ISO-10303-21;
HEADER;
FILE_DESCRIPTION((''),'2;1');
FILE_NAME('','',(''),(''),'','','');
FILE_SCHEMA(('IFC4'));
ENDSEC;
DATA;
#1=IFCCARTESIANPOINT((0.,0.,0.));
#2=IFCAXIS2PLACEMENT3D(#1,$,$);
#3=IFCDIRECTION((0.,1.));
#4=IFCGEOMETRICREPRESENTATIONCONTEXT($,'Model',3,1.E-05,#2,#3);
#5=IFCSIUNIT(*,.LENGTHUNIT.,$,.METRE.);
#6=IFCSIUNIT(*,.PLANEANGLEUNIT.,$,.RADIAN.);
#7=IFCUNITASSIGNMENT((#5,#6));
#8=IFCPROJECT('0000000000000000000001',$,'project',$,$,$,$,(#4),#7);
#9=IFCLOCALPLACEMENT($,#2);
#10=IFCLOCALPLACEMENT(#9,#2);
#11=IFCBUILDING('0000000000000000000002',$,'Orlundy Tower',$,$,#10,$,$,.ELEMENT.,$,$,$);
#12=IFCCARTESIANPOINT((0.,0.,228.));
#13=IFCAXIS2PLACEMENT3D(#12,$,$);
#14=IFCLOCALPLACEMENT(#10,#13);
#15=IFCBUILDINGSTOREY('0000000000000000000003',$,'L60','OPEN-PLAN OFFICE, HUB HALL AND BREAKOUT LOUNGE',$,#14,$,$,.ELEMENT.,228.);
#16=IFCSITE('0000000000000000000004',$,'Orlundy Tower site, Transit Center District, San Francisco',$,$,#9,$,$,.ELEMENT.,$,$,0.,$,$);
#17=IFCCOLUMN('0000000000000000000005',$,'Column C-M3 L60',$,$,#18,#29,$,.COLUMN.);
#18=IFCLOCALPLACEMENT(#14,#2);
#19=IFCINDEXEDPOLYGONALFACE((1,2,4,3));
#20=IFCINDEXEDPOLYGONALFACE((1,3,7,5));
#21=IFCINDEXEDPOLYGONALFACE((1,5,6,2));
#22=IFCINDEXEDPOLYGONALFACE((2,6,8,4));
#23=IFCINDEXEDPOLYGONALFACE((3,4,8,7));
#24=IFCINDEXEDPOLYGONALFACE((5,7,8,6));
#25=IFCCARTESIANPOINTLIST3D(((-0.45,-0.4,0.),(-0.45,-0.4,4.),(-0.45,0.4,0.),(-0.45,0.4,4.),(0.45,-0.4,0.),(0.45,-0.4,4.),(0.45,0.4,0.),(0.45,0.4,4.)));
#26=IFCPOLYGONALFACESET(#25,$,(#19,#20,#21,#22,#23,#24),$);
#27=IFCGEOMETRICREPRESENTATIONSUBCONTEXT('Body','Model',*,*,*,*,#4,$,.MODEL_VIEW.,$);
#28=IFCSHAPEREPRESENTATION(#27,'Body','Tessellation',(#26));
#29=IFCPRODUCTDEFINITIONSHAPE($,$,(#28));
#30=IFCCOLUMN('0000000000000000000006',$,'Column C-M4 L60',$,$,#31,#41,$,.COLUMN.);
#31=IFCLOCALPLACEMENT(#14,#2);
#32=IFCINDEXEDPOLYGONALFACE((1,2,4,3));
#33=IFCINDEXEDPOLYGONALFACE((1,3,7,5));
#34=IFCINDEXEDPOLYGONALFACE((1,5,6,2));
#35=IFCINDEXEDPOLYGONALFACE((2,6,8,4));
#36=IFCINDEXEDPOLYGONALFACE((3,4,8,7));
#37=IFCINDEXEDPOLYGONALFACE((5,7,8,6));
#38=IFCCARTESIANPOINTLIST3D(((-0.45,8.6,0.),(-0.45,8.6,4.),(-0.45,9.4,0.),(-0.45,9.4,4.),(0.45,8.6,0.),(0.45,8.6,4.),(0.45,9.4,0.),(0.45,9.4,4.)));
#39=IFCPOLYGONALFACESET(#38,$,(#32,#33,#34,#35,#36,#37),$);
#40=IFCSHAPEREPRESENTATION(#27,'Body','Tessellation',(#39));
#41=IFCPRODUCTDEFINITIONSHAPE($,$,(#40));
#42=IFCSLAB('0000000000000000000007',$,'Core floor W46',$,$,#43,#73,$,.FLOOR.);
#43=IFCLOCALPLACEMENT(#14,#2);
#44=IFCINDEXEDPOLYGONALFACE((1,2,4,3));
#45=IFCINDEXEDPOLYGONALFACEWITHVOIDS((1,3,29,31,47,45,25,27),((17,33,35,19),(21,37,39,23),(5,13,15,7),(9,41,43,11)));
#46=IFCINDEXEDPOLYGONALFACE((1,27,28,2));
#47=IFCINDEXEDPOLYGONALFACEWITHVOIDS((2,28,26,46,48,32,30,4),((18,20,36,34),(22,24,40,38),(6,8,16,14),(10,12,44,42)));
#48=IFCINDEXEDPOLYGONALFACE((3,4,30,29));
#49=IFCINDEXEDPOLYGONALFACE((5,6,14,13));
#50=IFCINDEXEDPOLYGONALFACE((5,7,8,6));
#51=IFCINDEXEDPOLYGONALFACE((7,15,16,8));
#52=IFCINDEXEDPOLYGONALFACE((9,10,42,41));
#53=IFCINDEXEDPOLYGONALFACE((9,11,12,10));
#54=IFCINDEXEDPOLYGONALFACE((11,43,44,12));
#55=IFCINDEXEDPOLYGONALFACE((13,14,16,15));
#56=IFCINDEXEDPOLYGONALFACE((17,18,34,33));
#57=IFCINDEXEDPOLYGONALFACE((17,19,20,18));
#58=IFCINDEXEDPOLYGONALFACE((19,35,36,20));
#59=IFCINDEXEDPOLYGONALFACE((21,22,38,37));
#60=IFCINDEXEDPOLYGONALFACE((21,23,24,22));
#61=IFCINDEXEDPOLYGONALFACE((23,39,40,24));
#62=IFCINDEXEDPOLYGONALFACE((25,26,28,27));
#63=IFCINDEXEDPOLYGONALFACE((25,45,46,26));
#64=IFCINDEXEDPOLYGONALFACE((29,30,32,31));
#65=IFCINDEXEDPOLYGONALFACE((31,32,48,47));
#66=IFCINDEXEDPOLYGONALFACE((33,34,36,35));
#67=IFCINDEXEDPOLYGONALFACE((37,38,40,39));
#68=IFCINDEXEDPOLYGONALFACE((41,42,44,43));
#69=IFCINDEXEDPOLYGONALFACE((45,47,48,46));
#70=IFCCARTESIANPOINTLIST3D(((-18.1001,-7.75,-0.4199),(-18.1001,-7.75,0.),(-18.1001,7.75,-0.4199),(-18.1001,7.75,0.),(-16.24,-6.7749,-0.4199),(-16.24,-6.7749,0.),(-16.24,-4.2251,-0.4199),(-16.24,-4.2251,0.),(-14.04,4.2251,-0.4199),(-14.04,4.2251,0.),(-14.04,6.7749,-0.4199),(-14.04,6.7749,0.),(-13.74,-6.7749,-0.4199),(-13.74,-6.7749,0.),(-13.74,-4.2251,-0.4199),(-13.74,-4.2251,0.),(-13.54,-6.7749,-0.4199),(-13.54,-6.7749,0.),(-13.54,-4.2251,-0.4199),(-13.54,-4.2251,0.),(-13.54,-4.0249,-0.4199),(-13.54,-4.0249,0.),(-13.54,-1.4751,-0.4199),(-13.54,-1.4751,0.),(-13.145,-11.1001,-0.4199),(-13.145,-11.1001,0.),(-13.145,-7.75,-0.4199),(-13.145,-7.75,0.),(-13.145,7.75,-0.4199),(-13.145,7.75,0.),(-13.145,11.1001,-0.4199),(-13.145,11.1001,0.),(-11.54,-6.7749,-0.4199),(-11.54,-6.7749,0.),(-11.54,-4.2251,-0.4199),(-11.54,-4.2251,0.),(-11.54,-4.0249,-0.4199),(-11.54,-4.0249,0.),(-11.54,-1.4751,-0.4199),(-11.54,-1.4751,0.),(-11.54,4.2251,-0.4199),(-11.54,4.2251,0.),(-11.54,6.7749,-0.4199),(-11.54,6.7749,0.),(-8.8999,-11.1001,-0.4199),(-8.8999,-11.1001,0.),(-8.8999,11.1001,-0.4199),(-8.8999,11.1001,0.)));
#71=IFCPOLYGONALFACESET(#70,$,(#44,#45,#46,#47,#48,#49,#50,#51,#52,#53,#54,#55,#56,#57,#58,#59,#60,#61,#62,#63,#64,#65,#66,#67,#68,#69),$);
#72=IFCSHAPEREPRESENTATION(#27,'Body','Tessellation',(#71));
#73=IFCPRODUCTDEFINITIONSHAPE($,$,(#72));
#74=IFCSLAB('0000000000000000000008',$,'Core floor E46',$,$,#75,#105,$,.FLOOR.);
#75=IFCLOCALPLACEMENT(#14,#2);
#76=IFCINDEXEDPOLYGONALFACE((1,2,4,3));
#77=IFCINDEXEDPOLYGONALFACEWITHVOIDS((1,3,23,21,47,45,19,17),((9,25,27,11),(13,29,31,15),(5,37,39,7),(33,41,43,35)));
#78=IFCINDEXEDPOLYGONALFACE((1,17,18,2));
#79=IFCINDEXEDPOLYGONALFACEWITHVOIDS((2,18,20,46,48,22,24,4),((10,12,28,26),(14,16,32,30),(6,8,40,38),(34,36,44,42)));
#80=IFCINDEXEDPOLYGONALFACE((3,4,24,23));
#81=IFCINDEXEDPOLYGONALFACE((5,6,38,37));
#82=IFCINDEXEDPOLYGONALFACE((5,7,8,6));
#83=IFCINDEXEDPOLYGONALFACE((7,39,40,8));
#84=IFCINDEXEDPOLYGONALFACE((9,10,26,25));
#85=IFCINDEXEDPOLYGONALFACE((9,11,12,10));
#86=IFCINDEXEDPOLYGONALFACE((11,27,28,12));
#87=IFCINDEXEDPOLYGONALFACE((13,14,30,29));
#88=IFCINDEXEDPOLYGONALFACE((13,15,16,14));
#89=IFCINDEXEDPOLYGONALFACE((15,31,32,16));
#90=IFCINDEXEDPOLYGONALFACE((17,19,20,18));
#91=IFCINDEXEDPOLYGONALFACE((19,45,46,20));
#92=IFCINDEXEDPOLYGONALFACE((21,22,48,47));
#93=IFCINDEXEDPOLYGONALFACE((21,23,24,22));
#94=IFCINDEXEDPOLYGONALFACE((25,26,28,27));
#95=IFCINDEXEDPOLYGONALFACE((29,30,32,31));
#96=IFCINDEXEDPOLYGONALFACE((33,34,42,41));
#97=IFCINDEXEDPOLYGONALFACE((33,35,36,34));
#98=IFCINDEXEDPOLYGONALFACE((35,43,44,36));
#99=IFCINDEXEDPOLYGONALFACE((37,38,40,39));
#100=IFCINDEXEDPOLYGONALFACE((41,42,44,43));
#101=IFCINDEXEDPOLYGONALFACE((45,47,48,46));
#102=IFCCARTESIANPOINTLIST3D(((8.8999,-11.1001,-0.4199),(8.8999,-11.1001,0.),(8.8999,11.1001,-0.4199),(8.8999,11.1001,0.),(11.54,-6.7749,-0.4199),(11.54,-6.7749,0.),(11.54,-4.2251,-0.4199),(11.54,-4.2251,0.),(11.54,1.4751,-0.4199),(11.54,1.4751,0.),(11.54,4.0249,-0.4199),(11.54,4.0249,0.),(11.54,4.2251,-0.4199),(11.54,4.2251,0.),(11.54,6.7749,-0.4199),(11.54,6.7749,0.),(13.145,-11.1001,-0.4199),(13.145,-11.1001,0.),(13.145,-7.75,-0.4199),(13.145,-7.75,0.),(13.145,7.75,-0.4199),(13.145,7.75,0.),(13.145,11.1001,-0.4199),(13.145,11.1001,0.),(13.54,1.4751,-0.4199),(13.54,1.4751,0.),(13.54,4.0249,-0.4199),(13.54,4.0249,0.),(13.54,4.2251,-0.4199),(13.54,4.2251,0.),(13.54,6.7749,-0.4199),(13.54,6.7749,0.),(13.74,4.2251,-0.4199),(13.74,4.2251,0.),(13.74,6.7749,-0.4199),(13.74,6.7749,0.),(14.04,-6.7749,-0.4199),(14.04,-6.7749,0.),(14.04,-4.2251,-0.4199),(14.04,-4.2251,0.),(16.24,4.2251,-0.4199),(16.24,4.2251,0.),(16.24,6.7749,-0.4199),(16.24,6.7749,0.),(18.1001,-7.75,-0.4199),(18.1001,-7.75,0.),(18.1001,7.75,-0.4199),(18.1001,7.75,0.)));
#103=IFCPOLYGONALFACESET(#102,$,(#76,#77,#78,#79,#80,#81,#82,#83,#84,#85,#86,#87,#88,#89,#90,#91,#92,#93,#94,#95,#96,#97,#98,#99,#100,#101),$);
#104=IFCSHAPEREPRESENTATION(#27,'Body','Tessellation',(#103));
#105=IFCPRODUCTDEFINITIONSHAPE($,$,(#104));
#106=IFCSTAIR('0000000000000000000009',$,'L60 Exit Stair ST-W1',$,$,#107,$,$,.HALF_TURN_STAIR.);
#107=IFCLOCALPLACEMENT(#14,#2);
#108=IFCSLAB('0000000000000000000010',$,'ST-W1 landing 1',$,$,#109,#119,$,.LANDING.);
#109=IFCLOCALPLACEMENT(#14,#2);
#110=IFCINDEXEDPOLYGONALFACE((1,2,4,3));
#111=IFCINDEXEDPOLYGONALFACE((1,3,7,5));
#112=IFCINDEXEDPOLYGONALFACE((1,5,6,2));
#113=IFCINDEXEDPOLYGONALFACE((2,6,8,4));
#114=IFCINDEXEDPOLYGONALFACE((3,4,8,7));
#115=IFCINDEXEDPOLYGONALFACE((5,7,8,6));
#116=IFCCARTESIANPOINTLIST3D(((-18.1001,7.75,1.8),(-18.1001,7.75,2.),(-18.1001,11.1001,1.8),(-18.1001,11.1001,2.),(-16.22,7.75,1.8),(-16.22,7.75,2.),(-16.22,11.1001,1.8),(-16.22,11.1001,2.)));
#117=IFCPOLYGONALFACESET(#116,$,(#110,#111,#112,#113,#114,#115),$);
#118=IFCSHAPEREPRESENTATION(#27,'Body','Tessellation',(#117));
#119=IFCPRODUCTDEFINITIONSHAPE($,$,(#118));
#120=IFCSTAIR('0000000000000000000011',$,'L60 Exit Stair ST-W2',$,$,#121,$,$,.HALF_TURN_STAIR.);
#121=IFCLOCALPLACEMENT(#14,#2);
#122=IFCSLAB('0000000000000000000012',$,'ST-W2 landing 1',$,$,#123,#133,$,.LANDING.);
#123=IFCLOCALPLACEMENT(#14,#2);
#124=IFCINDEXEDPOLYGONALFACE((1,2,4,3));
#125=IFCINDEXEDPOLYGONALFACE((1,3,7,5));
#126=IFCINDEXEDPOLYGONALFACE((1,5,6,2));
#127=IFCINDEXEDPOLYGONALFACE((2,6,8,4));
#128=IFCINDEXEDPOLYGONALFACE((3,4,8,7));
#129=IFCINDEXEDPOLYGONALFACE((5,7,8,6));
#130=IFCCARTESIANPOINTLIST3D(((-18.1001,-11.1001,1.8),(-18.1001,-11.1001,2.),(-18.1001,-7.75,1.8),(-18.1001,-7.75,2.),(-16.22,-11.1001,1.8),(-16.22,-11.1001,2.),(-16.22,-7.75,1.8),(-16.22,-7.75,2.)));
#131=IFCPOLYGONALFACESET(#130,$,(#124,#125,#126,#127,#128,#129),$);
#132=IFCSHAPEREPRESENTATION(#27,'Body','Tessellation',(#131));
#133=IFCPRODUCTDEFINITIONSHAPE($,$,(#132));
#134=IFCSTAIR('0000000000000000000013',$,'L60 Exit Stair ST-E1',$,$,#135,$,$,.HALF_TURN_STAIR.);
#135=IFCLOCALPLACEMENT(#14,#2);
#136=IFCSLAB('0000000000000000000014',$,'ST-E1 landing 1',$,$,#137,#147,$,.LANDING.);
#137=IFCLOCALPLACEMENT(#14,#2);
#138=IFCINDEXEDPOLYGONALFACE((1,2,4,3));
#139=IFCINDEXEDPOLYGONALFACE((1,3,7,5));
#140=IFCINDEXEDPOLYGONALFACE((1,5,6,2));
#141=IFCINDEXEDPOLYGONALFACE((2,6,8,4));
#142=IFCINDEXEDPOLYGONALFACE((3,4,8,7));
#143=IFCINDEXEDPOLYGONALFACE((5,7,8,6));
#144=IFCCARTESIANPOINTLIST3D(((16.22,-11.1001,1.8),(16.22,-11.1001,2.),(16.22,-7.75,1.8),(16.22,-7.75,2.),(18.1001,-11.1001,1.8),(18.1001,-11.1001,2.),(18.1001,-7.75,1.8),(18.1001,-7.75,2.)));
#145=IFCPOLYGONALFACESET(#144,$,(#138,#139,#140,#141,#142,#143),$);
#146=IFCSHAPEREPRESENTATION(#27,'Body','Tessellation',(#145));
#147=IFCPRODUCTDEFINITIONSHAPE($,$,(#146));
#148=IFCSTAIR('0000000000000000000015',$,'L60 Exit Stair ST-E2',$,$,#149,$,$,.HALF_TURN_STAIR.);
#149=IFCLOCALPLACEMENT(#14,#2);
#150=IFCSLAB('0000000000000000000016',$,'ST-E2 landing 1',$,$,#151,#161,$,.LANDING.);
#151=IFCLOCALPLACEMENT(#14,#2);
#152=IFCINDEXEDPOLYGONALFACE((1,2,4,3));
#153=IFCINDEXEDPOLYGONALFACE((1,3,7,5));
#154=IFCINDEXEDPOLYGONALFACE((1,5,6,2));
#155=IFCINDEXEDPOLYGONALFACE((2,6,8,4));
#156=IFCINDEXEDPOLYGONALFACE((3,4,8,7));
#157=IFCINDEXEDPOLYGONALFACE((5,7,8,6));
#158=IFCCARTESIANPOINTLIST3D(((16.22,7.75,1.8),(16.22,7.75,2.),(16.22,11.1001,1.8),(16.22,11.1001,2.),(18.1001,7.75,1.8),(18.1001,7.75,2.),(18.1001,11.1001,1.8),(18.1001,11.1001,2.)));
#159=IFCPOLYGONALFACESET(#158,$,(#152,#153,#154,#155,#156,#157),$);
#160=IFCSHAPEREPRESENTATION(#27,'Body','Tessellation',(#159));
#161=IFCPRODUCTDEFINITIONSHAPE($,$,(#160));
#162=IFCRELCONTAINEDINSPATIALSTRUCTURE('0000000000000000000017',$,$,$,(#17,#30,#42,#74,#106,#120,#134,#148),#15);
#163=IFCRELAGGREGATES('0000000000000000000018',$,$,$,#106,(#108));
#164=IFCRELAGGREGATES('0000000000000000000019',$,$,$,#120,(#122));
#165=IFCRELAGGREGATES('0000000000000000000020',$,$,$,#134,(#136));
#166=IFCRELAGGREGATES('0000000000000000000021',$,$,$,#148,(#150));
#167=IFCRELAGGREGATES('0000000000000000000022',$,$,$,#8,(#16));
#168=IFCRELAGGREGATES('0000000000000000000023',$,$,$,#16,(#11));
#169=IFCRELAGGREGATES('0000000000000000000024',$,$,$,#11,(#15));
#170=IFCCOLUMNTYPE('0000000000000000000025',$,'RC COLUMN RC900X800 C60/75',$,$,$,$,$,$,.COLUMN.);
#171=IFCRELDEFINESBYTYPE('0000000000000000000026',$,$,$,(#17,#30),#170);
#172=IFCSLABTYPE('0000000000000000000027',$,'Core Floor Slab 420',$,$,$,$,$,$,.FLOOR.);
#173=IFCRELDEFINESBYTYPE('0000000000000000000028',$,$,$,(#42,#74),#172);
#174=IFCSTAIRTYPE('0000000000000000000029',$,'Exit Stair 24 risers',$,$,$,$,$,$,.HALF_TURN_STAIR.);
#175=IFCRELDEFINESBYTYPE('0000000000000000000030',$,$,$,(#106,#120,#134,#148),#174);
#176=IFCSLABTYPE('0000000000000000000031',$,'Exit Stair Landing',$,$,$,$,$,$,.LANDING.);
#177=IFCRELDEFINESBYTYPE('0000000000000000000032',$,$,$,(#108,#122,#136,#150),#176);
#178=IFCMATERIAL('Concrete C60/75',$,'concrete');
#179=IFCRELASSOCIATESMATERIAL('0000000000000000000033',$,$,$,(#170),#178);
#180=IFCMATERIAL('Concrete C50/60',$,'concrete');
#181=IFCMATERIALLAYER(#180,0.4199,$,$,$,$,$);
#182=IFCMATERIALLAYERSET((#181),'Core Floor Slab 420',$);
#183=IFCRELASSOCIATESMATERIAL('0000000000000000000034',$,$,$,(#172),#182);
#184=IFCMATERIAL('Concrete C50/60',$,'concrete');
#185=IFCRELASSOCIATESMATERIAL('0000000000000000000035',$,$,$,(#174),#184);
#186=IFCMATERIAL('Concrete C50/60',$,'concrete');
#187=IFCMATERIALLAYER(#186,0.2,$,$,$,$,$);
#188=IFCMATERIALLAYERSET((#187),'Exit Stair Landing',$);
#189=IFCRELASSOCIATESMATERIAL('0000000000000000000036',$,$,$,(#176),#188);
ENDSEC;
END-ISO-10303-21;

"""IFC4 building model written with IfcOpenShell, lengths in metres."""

from ifc_helpers import new_model, si_unit, direction, frame, origin, origin_2d, place, context, subcontext, project, spatial, polyline, rectangle, outline, extrude, material, layer, layer_set, material_profile, profile_set, type_object, element, aggregate, save


model = new_model("IFC4")

# Units and contexts
model_context = context("Model", 3, precision=1e-05, world=origin(), true_north=direction((0.0, 1.0)))
body_context = subcontext(model_context, "Body", "Model", "MODEL_VIEW")
ifc_project = project(units=[si_unit("LENGTHUNIT", "METRE"), si_unit("PLANEANGLEUNIT", "RADIAN")], contexts=[model_context])

# Site, building, storey
site_placement = place(None, origin())
site = spatial("IfcSite", under=ifc_project, at=site_placement, Name="Orlundy Tower site, Transit Center District, San Francisco", CompositionType="ELEMENT", RefElevation=0.0)
building_placement = place(site_placement, origin())
building = spatial("IfcBuilding", under=site, at=building_placement, Name="Orlundy Tower", CompositionType="ELEMENT")
storey_placement = place(building_placement, frame((0.0, 0.0, 228.0)))
storey = spatial("IfcBuildingStorey", under=building, at=storey_placement, Name="L60", Description="OPEN-PLAN OFFICE, HUB HALL AND BREAKOUT LOUNGE", CompositionType="ELEMENT", Elevation=228.0)

# Columns
ifc_material_1 = material(Name="Concrete C60/75", Category="concrete")
ifc_material_profile = material_profile(ifc_material_1, rectangle(XDim=0.8999, YDim=0.8, at=origin_2d()), Name="RC900X800")
ifc_profile_set = profile_set([ifc_material_profile], Name="Concrete C60/75")
column_type = type_object("IfcColumnType", Name="RC COLUMN RC900X800 C60/75", PredefinedType="COLUMN", material=ifc_profile_set)
for number, where, z_axis, x_axis, name in (
    (1, (0.0, 0.0, 0.0), (0.0, 0.0, 1.0), (1.0, 0.0, 0.0), "Column C-M3 L60"),
    (2, (0.0, 9.0, 0.0), (0.0, 0.0, 1.0), (1.0, 0.0, 0.0), "Column C-M4 L60"),
):
    element("IfcColumn", number, at=place(storey_placement, frame(where, z_axis=z_axis, x_axis=x_axis)), inside=storey, type_object=column_type, Name=name, PredefinedType="COLUMN", context=body_context, shape_type="SweptSolid", body=[
        extrude(rectangle(XDim=0.8999, YDim=0.8, at=origin_2d()), origin(), (0.0, 0.0, 1.0), 4.0),
    ])

# Slabs
ifc_material_2 = material(Name="Concrete C50/60", Category="concrete")
ifc_layer_1 = layer(ifc_material_2, 0.4199)
ifc_layer_set_1 = layer_set([ifc_layer_1], Name="Core Floor Slab 420")
slab_type_1 = type_object("IfcSlabType", Name="Core Floor Slab 420", PredefinedType="FLOOR", material=ifc_layer_set_1)
slab_1_placement = place(storey_placement, frame((0.0, 0.0, -0.4199)))
element("IfcSlab", 3, at=slab_1_placement, inside=storey, type_object=slab_type_1, Name="Core floor W46", PredefinedType="FLOOR", context=body_context, shape_type="SweptSolid", body=[
    extrude(outline(polyline([(-18.1001, 7.75), (-13.145, 7.75), (-13.145, 11.1001), (-8.8999, 11.1001), (-8.8999, -11.1001), (-13.145, -11.1001), (-13.145, -7.75), (-18.1001, -7.75), (-18.1001, 7.75)]), holes=[polyline([(-13.54, -4.2251), (-13.54, -6.7749), (-11.54, -6.7749), (-11.54, -4.2251), (-13.54, -4.2251)]), polyline([(-13.74, -4.2251), (-16.24, -4.2251), (-16.24, -6.7749), (-13.74, -6.7749), (-13.74, -4.2251)]), polyline([(-11.54, -4.0249), (-11.54, -1.4751), (-13.54, -1.4751), (-13.54, -4.0249), (-11.54, -4.0249)]), polyline([(-14.04, 4.2251), (-11.54, 4.2251), (-11.54, 6.7749), (-14.04, 6.7749), (-14.04, 4.2251)])]), origin(), (0.0, 0.0, 1.0), 0.4199),
])
slab_2_placement = place(storey_placement, frame((0.0, 0.0, -0.4199)))
element("IfcSlab", 4, at=slab_2_placement, inside=storey, type_object=slab_type_1, Name="Core floor E46", PredefinedType="FLOOR", context=body_context, shape_type="SweptSolid", body=[
    extrude(outline(polyline([(18.1001, -7.75), (13.145, -7.75), (13.145, -11.1001), (8.8999, -11.1001), (8.8999, 11.1001), (13.145, 11.1001), (13.145, 7.75), (18.1001, 7.75), (18.1001, -7.75)]), holes=[polyline([(13.54, 4.2251), (13.54, 6.7749), (11.54, 6.7749), (11.54, 4.2251), (13.54, 4.2251)]), polyline([(13.74, 4.2251), (16.24, 4.2251), (16.24, 6.7749), (13.74, 6.7749), (13.74, 4.2251)]), polyline([(11.54, 4.0249), (11.54, 1.4751), (13.54, 1.4751), (13.54, 4.0249), (11.54, 4.0249)]), polyline([(14.04, -4.2251), (11.54, -4.2251), (11.54, -6.7749), (14.04, -6.7749), (14.04, -4.2251)])]), origin(), (0.0, 0.0, 1.0), 0.4199),
])

# Stairs, slabs
ifc_material_3 = material(Name="Concrete C50/60", Category="concrete")
stair_type = type_object("IfcStairType", Name="Exit Stair 24 risers", PredefinedType="HALF_TURN_STAIR", material=ifc_material_3)
stair_1_placement = place(storey_placement, origin())
stair_1 = element("IfcStair", 5, at=stair_1_placement, inside=storey, type_object=stair_type, Name="L60 Exit Stair ST-W1", PredefinedType="HALF_TURN_STAIR")
ifc_material_4 = material(Name="Concrete C50/60", Category="concrete")
ifc_layer_2 = layer(ifc_material_4, 0.2)
ifc_layer_set_2 = layer_set([ifc_layer_2], Name="Exit Stair Landing")
slab_type_2 = type_object("IfcSlabType", Name="Exit Stair Landing", PredefinedType="LANDING", material=ifc_layer_set_2)
slab_3_placement = place(storey_placement, frame((0.0, 0.0, 1.8)))
slab_3 = element("IfcSlab", 6, at=slab_3_placement, type_object=slab_type_2, Name="ST-W1 landing 1", PredefinedType="LANDING", context=body_context, shape_type="SweptSolid", body=[
    extrude(outline(polyline([(-16.22, 11.1001), (-18.1001, 11.1001), (-18.1001, 7.75), (-16.22, 7.75), (-16.22, 11.1001)])), origin(), (0.0, 0.0, 1.0), 0.2),
])
aggregate(stair_1, [slab_3])
stair_2_placement = place(storey_placement, origin())
stair_2 = element("IfcStair", 7, at=stair_2_placement, inside=storey, type_object=stair_type, Name="L60 Exit Stair ST-W2", PredefinedType="HALF_TURN_STAIR")
slab_4_placement = place(storey_placement, frame((0.0, 0.0, 1.8)))
slab_4 = element("IfcSlab", 8, at=slab_4_placement, type_object=slab_type_2, Name="ST-W2 landing 1", PredefinedType="LANDING", context=body_context, shape_type="SweptSolid", body=[
    extrude(outline(polyline([(-16.22, -7.75), (-18.1001, -7.75), (-18.1001, -11.1001), (-16.22, -11.1001), (-16.22, -7.75)])), origin(), (0.0, 0.0, 1.0), 0.2),
])
aggregate(stair_2, [slab_4])
stair_3_placement = place(storey_placement, origin())
stair_3 = element("IfcStair", 9, at=stair_3_placement, inside=storey, type_object=stair_type, Name="L60 Exit Stair ST-E1", PredefinedType="HALF_TURN_STAIR")
slab_5_placement = place(storey_placement, frame((0.0, 0.0, 1.8)))
slab_5 = element("IfcSlab", 10, at=slab_5_placement, type_object=slab_type_2, Name="ST-E1 landing 1", PredefinedType="LANDING", context=body_context, shape_type="SweptSolid", body=[
    extrude(outline(polyline([(16.22, -11.1001), (18.1001, -11.1001), (18.1001, -7.75), (16.22, -7.75), (16.22, -11.1001)])), origin(), (0.0, 0.0, 1.0), 0.2),
])
aggregate(stair_3, [slab_5])
stair_4_placement = place(storey_placement, origin())
stair_4 = element("IfcStair", 11, at=stair_4_placement, inside=storey, type_object=stair_type, Name="L60 Exit Stair ST-E2", PredefinedType="HALF_TURN_STAIR")
slab_6_placement = place(storey_placement, frame((0.0, 0.0, 1.8)))
slab_6 = element("IfcSlab", 12, at=slab_6_placement, type_object=slab_type_2, Name="ST-E2 landing 1", PredefinedType="LANDING", context=body_context, shape_type="SweptSolid", body=[
    extrude(outline(polyline([(16.22, 7.75), (18.1001, 7.75), (18.1001, 11.1001), (16.22, 11.1001), (16.22, 7.75)])), origin(), (0.0, 0.0, 1.0), 0.2),
])
aggregate(stair_4, [slab_6])

save(model, "model.ifc")
